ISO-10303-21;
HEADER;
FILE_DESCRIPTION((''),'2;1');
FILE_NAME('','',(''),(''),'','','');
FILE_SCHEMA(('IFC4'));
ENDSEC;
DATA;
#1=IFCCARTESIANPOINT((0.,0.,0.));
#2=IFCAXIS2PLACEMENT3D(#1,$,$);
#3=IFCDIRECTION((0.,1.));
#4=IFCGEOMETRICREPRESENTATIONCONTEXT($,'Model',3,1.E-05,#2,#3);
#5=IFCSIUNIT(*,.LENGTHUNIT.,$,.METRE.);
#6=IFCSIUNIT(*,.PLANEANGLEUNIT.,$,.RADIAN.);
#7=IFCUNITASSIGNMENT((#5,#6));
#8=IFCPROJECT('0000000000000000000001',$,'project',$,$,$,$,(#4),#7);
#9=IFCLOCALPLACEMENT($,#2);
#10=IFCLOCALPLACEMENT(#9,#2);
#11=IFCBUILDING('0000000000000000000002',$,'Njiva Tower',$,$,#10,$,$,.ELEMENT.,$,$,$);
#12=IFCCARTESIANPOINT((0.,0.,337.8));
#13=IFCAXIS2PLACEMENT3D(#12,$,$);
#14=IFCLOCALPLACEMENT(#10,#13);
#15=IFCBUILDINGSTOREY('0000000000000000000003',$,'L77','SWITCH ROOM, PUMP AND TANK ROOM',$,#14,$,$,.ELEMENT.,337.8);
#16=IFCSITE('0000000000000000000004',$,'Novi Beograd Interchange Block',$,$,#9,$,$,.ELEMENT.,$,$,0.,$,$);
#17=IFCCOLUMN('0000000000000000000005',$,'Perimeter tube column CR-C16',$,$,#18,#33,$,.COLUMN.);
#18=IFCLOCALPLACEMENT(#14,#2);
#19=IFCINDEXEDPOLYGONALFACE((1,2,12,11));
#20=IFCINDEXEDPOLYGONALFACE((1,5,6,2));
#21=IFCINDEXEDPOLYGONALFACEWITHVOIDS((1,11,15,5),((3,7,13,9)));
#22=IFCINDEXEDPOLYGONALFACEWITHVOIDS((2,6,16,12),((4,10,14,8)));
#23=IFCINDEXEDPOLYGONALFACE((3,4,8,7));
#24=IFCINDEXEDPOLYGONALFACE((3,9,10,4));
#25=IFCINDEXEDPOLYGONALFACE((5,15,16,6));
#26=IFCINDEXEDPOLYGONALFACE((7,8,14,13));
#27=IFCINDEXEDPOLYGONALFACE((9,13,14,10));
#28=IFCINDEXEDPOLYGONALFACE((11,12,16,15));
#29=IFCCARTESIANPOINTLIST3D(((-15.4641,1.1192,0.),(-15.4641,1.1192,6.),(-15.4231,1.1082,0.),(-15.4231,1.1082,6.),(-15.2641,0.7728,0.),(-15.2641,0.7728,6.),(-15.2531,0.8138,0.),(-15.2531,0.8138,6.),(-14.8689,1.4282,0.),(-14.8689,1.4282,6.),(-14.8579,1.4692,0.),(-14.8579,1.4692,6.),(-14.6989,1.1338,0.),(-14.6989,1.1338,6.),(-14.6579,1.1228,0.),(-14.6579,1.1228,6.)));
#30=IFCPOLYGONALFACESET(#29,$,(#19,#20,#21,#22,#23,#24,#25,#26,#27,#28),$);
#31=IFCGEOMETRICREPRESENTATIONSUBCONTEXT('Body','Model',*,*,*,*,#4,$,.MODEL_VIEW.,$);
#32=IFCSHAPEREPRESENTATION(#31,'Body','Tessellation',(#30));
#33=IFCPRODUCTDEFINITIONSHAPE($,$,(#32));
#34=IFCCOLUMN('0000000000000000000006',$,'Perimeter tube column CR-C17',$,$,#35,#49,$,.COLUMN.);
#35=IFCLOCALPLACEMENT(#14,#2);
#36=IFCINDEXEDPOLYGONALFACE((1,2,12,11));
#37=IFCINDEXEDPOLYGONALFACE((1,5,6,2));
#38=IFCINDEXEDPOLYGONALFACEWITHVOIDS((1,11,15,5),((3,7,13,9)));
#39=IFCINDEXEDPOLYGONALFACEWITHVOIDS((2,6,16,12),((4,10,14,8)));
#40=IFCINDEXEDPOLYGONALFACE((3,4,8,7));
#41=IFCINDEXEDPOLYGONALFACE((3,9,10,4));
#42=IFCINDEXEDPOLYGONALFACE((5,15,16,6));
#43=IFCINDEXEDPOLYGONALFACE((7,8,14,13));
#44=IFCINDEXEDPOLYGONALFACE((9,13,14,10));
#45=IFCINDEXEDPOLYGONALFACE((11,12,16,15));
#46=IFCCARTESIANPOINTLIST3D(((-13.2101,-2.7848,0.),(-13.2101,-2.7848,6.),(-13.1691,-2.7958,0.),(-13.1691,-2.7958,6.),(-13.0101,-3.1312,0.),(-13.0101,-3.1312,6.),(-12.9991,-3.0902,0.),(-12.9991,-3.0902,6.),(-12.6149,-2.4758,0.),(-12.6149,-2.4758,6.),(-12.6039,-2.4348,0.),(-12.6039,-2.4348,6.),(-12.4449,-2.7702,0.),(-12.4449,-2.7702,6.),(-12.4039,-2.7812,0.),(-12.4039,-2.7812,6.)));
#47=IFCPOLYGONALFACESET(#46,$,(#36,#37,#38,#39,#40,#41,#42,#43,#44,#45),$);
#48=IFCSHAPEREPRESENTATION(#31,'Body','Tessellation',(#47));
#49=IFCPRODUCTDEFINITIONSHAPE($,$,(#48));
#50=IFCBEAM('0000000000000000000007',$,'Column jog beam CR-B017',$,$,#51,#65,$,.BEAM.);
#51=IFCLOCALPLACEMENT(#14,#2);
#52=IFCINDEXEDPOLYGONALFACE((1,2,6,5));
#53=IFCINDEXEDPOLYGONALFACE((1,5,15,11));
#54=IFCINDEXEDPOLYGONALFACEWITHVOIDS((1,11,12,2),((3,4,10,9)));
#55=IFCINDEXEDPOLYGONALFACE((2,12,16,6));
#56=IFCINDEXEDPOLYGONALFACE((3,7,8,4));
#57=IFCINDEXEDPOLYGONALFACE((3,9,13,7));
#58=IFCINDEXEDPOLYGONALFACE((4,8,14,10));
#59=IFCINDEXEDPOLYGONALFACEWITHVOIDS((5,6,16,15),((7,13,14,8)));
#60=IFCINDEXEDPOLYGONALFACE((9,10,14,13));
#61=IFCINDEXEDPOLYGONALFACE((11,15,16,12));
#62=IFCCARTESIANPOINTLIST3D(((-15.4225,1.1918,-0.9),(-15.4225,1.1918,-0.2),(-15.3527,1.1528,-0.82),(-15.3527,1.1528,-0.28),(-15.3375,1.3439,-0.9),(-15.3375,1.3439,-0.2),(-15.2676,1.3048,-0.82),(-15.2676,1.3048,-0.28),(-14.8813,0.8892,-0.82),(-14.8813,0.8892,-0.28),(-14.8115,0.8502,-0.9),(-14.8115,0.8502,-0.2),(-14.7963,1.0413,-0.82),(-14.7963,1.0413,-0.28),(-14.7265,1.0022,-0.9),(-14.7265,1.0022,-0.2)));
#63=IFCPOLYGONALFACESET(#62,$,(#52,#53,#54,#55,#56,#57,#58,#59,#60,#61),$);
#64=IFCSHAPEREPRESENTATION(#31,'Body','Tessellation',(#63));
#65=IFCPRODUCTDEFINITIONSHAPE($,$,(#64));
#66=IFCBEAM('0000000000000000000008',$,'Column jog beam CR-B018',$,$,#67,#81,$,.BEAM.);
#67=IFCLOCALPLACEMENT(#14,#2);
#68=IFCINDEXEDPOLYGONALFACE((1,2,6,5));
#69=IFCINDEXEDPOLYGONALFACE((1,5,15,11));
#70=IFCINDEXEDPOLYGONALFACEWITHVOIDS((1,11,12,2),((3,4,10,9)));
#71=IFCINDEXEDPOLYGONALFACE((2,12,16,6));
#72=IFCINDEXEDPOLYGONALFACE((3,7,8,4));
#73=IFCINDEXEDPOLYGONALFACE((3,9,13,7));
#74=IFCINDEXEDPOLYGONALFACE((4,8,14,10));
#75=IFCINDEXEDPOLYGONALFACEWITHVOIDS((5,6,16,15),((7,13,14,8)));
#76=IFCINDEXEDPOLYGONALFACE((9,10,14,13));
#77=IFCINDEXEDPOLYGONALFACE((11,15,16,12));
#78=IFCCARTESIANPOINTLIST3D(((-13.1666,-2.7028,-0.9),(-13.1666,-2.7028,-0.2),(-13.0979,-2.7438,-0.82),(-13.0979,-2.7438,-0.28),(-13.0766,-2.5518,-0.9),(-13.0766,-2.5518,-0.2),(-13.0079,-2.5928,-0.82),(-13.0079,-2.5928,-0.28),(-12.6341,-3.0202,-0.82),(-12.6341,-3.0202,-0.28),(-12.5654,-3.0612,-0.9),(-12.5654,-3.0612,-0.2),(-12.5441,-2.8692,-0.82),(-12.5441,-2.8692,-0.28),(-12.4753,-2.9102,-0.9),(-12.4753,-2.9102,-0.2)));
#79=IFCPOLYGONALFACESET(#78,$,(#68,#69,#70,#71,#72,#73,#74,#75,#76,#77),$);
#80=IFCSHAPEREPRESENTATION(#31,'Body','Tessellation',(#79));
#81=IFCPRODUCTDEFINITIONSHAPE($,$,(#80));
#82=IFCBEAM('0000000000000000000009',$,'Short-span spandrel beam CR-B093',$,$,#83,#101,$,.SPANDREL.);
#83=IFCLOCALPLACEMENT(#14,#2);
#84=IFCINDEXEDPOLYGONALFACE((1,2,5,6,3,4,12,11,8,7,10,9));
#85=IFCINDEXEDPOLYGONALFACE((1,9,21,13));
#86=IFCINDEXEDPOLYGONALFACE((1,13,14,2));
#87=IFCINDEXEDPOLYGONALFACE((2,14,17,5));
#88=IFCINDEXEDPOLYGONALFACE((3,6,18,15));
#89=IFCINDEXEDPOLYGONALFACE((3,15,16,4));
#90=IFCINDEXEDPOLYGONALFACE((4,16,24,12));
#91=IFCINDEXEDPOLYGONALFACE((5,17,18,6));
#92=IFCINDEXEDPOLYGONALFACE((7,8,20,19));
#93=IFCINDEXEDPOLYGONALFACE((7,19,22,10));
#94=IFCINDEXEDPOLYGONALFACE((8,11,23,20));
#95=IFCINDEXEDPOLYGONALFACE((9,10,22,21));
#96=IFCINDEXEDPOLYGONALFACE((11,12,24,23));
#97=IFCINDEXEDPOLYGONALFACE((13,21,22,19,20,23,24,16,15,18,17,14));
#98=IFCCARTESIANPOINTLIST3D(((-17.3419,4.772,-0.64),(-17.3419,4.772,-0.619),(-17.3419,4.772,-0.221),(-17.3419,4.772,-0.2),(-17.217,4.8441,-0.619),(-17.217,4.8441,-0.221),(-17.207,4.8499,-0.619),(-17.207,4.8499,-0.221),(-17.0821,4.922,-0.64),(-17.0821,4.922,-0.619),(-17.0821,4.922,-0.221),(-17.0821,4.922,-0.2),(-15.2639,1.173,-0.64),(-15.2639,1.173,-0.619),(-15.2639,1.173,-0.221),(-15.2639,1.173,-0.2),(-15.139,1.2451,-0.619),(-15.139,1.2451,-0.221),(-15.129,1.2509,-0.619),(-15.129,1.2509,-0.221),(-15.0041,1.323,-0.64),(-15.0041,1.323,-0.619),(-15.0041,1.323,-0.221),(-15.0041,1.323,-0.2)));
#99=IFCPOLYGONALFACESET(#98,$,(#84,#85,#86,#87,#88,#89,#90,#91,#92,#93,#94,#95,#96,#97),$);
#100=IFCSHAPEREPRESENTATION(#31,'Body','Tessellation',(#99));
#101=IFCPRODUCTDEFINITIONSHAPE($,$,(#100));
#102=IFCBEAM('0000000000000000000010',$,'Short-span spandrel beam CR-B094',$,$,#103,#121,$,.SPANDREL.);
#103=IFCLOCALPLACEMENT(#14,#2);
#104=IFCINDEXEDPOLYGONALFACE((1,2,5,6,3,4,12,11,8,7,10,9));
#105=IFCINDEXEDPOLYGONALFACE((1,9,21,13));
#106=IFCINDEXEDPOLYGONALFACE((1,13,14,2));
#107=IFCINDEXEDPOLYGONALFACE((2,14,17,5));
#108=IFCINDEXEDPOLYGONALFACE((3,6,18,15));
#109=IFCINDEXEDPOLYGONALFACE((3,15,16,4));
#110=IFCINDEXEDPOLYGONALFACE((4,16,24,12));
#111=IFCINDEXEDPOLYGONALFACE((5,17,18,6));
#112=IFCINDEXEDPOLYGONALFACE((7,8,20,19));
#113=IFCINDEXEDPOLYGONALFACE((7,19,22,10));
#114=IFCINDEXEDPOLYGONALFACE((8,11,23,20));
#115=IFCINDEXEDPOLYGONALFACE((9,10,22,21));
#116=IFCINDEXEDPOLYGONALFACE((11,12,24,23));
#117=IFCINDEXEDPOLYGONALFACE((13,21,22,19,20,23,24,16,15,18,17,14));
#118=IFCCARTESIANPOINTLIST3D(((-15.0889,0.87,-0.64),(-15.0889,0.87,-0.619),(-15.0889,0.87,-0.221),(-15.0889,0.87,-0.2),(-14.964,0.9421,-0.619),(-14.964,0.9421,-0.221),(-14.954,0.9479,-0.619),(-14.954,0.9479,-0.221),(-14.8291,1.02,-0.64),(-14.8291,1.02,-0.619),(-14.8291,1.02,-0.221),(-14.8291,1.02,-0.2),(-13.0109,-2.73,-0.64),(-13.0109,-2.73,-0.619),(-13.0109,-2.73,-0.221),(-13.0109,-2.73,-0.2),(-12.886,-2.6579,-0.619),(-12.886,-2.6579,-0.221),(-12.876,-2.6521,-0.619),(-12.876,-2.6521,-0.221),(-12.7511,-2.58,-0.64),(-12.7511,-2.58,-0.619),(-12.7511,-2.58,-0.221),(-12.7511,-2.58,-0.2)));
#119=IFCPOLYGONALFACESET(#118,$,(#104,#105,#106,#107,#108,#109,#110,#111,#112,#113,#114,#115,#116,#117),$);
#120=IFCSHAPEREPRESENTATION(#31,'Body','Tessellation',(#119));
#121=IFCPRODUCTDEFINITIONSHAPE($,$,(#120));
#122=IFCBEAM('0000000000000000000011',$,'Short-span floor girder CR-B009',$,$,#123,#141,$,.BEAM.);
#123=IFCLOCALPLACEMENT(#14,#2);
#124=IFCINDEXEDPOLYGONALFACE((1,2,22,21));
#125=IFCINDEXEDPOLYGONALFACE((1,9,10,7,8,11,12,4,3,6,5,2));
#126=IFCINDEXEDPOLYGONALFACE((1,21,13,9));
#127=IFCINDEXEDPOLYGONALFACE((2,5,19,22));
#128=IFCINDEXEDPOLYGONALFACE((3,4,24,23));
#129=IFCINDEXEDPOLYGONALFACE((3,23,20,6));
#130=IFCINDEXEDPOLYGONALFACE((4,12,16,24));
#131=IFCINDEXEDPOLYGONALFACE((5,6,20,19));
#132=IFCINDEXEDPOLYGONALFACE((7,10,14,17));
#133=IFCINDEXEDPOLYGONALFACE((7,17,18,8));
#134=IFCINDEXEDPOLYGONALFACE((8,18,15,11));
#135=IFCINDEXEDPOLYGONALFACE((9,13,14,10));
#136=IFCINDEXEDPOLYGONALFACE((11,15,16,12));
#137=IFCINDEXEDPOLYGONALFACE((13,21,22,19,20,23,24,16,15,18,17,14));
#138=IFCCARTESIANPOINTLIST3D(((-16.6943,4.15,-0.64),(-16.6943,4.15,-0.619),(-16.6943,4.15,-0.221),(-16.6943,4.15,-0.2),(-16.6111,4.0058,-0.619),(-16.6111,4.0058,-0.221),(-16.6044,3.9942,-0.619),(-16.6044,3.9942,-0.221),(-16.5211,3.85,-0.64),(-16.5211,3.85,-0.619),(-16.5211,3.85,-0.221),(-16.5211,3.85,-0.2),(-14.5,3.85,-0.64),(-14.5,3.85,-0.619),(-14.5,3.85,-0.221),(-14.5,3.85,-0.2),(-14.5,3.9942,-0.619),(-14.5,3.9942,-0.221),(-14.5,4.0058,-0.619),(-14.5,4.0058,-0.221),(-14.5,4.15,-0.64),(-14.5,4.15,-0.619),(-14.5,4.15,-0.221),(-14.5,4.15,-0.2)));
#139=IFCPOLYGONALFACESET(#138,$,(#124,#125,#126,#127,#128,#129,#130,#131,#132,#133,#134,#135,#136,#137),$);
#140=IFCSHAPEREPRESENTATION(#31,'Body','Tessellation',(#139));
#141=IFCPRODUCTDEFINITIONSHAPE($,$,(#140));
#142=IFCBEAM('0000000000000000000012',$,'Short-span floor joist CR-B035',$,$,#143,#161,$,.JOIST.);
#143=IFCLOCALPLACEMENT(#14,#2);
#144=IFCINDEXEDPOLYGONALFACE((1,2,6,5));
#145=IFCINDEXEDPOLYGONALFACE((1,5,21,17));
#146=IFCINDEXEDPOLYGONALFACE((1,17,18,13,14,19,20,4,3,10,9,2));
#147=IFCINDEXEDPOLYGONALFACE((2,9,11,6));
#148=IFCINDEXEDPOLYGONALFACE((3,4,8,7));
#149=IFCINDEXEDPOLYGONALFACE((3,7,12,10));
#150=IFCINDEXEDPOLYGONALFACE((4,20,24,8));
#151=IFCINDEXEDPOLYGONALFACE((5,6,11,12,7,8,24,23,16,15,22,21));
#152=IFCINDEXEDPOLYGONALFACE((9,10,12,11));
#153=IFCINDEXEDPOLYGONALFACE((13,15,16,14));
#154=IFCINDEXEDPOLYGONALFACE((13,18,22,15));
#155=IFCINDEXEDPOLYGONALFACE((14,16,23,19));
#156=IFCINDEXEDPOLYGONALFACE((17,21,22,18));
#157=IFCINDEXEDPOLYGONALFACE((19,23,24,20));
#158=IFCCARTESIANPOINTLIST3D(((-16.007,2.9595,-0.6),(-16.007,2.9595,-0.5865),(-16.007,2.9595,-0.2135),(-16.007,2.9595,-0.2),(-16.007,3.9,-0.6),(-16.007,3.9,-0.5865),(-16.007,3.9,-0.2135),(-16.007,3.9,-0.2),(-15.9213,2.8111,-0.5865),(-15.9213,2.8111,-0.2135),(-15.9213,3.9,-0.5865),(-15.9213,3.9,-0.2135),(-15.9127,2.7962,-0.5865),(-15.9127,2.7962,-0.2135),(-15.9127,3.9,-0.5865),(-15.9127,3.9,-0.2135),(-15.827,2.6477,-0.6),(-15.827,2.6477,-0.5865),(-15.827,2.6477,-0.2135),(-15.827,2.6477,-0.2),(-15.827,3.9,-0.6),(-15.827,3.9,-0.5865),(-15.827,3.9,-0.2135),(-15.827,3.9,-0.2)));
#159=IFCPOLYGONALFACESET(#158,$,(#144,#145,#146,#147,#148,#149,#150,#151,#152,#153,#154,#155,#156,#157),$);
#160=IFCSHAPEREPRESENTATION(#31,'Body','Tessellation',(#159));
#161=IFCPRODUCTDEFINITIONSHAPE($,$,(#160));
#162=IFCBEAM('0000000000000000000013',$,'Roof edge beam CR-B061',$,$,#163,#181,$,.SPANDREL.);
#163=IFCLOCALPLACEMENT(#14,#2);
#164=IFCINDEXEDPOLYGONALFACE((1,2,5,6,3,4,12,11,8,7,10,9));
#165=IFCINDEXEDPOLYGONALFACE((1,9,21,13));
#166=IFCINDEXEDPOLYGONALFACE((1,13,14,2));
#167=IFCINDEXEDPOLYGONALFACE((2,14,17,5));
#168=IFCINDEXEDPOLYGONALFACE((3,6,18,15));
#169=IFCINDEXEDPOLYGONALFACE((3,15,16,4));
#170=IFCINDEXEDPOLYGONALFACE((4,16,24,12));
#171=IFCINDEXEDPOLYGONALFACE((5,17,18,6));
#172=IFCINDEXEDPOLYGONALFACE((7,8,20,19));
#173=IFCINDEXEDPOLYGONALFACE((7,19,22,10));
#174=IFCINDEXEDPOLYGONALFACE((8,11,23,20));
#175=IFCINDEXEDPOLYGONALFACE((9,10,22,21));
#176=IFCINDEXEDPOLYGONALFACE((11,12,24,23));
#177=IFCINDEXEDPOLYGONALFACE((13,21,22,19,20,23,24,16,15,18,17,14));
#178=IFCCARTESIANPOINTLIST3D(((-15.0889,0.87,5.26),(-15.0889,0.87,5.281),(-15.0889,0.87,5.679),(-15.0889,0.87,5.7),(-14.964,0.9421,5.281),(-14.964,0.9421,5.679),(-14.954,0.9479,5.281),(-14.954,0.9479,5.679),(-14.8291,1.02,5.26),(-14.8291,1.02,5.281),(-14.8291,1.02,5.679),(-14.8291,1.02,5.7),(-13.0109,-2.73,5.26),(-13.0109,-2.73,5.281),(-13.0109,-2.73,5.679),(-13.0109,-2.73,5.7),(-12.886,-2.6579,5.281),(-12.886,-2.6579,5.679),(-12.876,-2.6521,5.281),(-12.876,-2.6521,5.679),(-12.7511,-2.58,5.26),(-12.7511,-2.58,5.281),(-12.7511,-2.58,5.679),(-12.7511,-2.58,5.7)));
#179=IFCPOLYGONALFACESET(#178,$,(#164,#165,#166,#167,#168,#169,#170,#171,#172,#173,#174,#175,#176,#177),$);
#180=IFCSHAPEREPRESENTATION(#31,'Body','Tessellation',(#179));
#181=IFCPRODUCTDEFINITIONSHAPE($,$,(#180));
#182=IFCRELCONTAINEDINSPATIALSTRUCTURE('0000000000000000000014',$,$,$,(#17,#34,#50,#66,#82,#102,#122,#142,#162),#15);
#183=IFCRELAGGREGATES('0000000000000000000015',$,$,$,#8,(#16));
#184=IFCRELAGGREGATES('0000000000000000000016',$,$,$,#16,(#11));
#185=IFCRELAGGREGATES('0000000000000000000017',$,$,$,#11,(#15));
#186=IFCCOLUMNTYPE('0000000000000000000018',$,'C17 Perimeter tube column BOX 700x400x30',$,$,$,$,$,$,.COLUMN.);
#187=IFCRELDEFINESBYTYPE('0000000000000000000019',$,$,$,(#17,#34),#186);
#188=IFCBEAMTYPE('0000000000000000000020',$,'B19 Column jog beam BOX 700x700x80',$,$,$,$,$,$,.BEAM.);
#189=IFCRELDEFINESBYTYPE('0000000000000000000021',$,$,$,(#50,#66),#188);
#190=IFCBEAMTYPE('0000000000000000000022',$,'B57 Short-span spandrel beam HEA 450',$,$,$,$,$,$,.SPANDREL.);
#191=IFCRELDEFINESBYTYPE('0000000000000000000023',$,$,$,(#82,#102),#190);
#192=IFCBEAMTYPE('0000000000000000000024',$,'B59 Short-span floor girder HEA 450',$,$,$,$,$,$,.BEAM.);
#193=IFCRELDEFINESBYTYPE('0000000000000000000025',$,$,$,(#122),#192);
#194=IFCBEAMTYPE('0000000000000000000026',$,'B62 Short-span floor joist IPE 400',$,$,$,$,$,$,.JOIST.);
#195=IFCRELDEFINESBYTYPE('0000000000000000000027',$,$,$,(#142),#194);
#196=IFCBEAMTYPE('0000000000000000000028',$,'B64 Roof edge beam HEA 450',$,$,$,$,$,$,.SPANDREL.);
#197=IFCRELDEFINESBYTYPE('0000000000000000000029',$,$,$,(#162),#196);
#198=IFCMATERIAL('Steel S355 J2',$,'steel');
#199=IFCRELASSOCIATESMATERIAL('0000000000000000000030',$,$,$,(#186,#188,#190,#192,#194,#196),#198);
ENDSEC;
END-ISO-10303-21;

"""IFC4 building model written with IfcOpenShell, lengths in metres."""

from ifc_helpers import new_model, si_unit, direction, frame, origin, origin_2d, place, context, subcontext, project, spatial, hollow_rectangle, i_section, extrude, clip, halfspace, material, material_profile, profile_set, type_object, element, save


model = new_model("IFC4")

# Units and contexts
model_context = context("Model", 3, precision=1e-05, world=origin(), true_north=direction((0.0, 1.0)))
body_context = subcontext(model_context, "Body", "Model", "MODEL_VIEW")
ifc_project = project(units=[si_unit("LENGTHUNIT", "METRE"), si_unit("PLANEANGLEUNIT", "RADIAN")], contexts=[model_context])

# Site, building, storey
site_placement = place(None, origin())
site = spatial("IfcSite", under=ifc_project, at=site_placement, Name="Novi Beograd Interchange Block", CompositionType="ELEMENT", RefElevation=0.0)
building_placement = place(site_placement, origin())
building = spatial("IfcBuilding", under=site, at=building_placement, Name="Njiva Tower", CompositionType="ELEMENT")
storey_placement = place(building_placement, frame((0.0, 0.0, 337.8)))
storey = spatial("IfcBuildingStorey", under=building, at=storey_placement, Name="L77", Description="SWITCH ROOM, PUMP AND TANK ROOM", CompositionType="ELEMENT", Elevation=337.8)

# Columns
ifc_material_1 = material(Name="Steel S355 J2", Category="steel")
ifc_material_profile_1 = material_profile(ifc_material_1, hollow_rectangle(XDim=0.4, YDim=0.7, WallThickness=0.03, at=origin_2d()), Name="BOX 700x400x30")
ifc_profile_set_1 = profile_set([ifc_material_profile_1], Name="Steel S355 J2")
column_type = type_object("IfcColumnType", Name="C17 Perimeter tube column BOX 700x400x30", PredefinedType="COLUMN", material=ifc_profile_set_1)
for number, where, z_axis, x_axis, name in (
    (1, (-15.061, 1.121, 0.0), (0.0, 0.0, 1.0), (0.5, -0.866025, 0.0), "Perimeter tube column CR-C16"),
    (2, (-12.807, -2.783, 0.0), (0.0, 0.0, 1.0), (0.5, -0.866025, 0.0), "Perimeter tube column CR-C17"),
):
    element("IfcColumn", number, at=place(storey_placement, frame(where, z_axis=z_axis, x_axis=x_axis)), inside=storey, type_object=column_type, Name=name, PredefinedType="COLUMN", context=body_context, shape_type="SweptSolid", body=[
        extrude(hollow_rectangle(XDim=0.4, YDim=0.7, WallThickness=0.03, at=origin_2d()), origin(), (0.0, 0.0, 1.0), 6.0),
    ])

# Beams
ifc_material_profile_2 = material_profile(ifc_material_1, hollow_rectangle(XDim=0.7, YDim=0.7, WallThickness=0.08, at=origin_2d()), Name="BOX 700x700x80")
ifc_profile_set_2 = profile_set([ifc_material_profile_2], Name="Steel S355 J2")
beam_type_1 = type_object("IfcBeamType", Name="B19 Column jog beam BOX 700x700x80", PredefinedType="BEAM", material=ifc_profile_set_2)
beam_1_placement = place(storey_placement, frame((-15.117, 1.021, -0.55), z_axis=(0.488079, 0.8728, 0.0), x_axis=(-0.8728, 0.488079, 0.0)))
element("IfcBeam", 3, at=beam_1_placement, inside=storey, type_object=beam_type_1, Name="Column jog beam CR-B017", PredefinedType="BEAM", context=body_context, shape_type="SweptSolid", body=[
    extrude(hollow_rectangle(XDim=0.7, YDim=0.7, WallThickness=0.08, at=origin_2d()), origin(), (0.0, 0.0, 1.0), 0.1742),
])
beam_2_placement = place(storey_placement, frame((-12.866, -2.882, -0.55), z_axis=(0.511984, 0.858995, 0.0), x_axis=(-0.858995, 0.511984, 0.0)))
element("IfcBeam", 4, at=beam_2_placement, inside=storey, type_object=beam_type_1, Name="Column jog beam CR-B018", PredefinedType="BEAM", context=body_context, shape_type="SweptSolid", body=[
    extrude(hollow_rectangle(XDim=0.7, YDim=0.7, WallThickness=0.08, at=origin_2d()), origin(), (0.0, 0.0, 1.0), 0.1758),
])
ifc_material_profile_3 = material_profile(ifc_material_1, i_section(OverallWidth=0.3, OverallDepth=0.44, WebThickness=0.0115, FlangeThickness=0.021, at=origin_2d()), Name="HEA 450")
ifc_profile_set_3 = profile_set([ifc_material_profile_3], Name="Steel S355 J2")
beam_type_2 = type_object("IfcBeamType", Name="B57 Short-span spandrel beam HEA 450", PredefinedType="SPANDREL", material=ifc_profile_set_3)
beam_3_placement = place(storey_placement, frame((-17.212, 4.847, -0.42), z_axis=(0.500021, -0.866013, 0.0), x_axis=(0.866013, 0.500021, 0.0)))
element("IfcBeam", 5, at=beam_3_placement, inside=storey, type_object=beam_type_2, Name="Short-span spandrel beam CR-B093", PredefinedType="SPANDREL", context=body_context, shape_type="SweptSolid", body=[
    extrude(i_section(OverallWidth=0.3, OverallDepth=0.44, WebThickness=0.0115, FlangeThickness=0.021, at=origin_2d()), origin(), (0.0, 0.0, 1.0), 4.1558),
])
beam_4_placement = place(storey_placement, frame((-14.959, 0.945, -0.42), z_axis=(0.499917, -0.866073, 0.0), x_axis=(0.866073, 0.499917, 0.0)))
element("IfcBeam", 6, at=beam_4_placement, inside=storey, type_object=beam_type_2, Name="Short-span spandrel beam CR-B094", PredefinedType="SPANDREL", context=body_context, shape_type="SweptSolid", body=[
    extrude(i_section(OverallWidth=0.3, OverallDepth=0.44, WebThickness=0.0115, FlangeThickness=0.021, at=origin_2d()), origin(), (0.0, 0.0, 1.0), 4.1567),
])
ifc_material_profile_4 = material_profile(ifc_material_1, i_section(OverallWidth=0.3, OverallDepth=0.44, WebThickness=0.0115, FlangeThickness=0.021, at=origin_2d()), Name="HEA 450")
ifc_profile_set_4 = profile_set([ifc_material_profile_4], Name="Steel S355 J2")
beam_type_3 = type_object("IfcBeamType", Name="B59 Short-span floor girder HEA 450", PredefinedType="BEAM", material=ifc_profile_set_4)
beam_5_placement = place(storey_placement, frame((-16.715, 4.0, -0.42), z_axis=(1.0, 0.0, 0.0), x_axis=(0.0, 1.0, 0.0)))
element("IfcBeam", 7, at=beam_5_placement, inside=storey, type_object=beam_type_3, Name="Short-span floor girder CR-B009", PredefinedType="BEAM", context=body_context, shape_type="Clipping", body=[
    clip(extrude(i_section(OverallWidth=0.3, OverallDepth=0.44, WebThickness=0.0115, FlangeThickness=0.021, at=origin_2d()), origin(), (0.0, 0.0, 1.0), 2.215), halfspace(frame((-0.025, 0.0, 0.1217), z_axis=(-0.499998, 0.0, -0.866027), x_axis=(0.0, -1.0, 0.0)), False)),
])
ifc_material_profile_5 = material_profile(ifc_material_1, i_section(OverallWidth=0.18, OverallDepth=0.4, WebThickness=0.0086, FlangeThickness=0.0135, at=origin_2d()), Name="IPE 400")
ifc_profile_set_5 = profile_set([ifc_material_profile_5], Name="Steel S355 J2")
beam_type_4 = type_object("IfcBeamType", Name="B62 Short-span floor joist IPE 400", PredefinedType="JOIST", material=ifc_profile_set_5)
beam_6_placement = place(storey_placement, frame((-15.917, 3.9, -0.4), z_axis=(0.0, -1.0, 0.0), x_axis=(1.0, 0.0, 0.0)))
element("IfcBeam", 8, at=beam_6_placement, inside=storey, type_object=beam_type_4, Name="Short-span floor joist CR-B035", PredefinedType="JOIST", context=body_context, shape_type="Clipping", body=[
    clip(extrude(i_section(OverallWidth=0.18, OverallDepth=0.4, WebThickness=0.0086, FlangeThickness=0.0135, at=origin_2d()), origin(), (0.0, 0.0, 1.0), 1.273), halfspace(frame((-0.043, 0.0, 1.0219), z_axis=(-0.866027, 0.0, 0.499998), x_axis=(0.0, 1.0, 0.0)), False)),
])
ifc_material_profile_6 = material_profile(ifc_material_1, i_section(OverallWidth=0.3, OverallDepth=0.44, WebThickness=0.0115, FlangeThickness=0.021, at=origin_2d()), Name="HEA 450")
ifc_profile_set_6 = profile_set([ifc_material_profile_6], Name="Steel S355 J2")
beam_type_5 = type_object("IfcBeamType", Name="B64 Roof edge beam HEA 450", PredefinedType="SPANDREL", material=ifc_profile_set_6)
beam_7_placement = place(storey_placement, frame((-14.959, 0.945, 5.48), z_axis=(0.499917, -0.866073, 0.0), x_axis=(0.866073, 0.499917, 0.0)))
element("IfcBeam", 9, at=beam_7_placement, inside=storey, type_object=beam_type_5, Name="Roof edge beam CR-B061", PredefinedType="SPANDREL", context=body_context, shape_type="SweptSolid", body=[
    extrude(i_section(OverallWidth=0.3, OverallDepth=0.44, WebThickness=0.0115, FlangeThickness=0.021, at=origin_2d()), origin(), (0.0, 0.0, 1.0), 4.1567),
])

save(model, "model.ifc")
